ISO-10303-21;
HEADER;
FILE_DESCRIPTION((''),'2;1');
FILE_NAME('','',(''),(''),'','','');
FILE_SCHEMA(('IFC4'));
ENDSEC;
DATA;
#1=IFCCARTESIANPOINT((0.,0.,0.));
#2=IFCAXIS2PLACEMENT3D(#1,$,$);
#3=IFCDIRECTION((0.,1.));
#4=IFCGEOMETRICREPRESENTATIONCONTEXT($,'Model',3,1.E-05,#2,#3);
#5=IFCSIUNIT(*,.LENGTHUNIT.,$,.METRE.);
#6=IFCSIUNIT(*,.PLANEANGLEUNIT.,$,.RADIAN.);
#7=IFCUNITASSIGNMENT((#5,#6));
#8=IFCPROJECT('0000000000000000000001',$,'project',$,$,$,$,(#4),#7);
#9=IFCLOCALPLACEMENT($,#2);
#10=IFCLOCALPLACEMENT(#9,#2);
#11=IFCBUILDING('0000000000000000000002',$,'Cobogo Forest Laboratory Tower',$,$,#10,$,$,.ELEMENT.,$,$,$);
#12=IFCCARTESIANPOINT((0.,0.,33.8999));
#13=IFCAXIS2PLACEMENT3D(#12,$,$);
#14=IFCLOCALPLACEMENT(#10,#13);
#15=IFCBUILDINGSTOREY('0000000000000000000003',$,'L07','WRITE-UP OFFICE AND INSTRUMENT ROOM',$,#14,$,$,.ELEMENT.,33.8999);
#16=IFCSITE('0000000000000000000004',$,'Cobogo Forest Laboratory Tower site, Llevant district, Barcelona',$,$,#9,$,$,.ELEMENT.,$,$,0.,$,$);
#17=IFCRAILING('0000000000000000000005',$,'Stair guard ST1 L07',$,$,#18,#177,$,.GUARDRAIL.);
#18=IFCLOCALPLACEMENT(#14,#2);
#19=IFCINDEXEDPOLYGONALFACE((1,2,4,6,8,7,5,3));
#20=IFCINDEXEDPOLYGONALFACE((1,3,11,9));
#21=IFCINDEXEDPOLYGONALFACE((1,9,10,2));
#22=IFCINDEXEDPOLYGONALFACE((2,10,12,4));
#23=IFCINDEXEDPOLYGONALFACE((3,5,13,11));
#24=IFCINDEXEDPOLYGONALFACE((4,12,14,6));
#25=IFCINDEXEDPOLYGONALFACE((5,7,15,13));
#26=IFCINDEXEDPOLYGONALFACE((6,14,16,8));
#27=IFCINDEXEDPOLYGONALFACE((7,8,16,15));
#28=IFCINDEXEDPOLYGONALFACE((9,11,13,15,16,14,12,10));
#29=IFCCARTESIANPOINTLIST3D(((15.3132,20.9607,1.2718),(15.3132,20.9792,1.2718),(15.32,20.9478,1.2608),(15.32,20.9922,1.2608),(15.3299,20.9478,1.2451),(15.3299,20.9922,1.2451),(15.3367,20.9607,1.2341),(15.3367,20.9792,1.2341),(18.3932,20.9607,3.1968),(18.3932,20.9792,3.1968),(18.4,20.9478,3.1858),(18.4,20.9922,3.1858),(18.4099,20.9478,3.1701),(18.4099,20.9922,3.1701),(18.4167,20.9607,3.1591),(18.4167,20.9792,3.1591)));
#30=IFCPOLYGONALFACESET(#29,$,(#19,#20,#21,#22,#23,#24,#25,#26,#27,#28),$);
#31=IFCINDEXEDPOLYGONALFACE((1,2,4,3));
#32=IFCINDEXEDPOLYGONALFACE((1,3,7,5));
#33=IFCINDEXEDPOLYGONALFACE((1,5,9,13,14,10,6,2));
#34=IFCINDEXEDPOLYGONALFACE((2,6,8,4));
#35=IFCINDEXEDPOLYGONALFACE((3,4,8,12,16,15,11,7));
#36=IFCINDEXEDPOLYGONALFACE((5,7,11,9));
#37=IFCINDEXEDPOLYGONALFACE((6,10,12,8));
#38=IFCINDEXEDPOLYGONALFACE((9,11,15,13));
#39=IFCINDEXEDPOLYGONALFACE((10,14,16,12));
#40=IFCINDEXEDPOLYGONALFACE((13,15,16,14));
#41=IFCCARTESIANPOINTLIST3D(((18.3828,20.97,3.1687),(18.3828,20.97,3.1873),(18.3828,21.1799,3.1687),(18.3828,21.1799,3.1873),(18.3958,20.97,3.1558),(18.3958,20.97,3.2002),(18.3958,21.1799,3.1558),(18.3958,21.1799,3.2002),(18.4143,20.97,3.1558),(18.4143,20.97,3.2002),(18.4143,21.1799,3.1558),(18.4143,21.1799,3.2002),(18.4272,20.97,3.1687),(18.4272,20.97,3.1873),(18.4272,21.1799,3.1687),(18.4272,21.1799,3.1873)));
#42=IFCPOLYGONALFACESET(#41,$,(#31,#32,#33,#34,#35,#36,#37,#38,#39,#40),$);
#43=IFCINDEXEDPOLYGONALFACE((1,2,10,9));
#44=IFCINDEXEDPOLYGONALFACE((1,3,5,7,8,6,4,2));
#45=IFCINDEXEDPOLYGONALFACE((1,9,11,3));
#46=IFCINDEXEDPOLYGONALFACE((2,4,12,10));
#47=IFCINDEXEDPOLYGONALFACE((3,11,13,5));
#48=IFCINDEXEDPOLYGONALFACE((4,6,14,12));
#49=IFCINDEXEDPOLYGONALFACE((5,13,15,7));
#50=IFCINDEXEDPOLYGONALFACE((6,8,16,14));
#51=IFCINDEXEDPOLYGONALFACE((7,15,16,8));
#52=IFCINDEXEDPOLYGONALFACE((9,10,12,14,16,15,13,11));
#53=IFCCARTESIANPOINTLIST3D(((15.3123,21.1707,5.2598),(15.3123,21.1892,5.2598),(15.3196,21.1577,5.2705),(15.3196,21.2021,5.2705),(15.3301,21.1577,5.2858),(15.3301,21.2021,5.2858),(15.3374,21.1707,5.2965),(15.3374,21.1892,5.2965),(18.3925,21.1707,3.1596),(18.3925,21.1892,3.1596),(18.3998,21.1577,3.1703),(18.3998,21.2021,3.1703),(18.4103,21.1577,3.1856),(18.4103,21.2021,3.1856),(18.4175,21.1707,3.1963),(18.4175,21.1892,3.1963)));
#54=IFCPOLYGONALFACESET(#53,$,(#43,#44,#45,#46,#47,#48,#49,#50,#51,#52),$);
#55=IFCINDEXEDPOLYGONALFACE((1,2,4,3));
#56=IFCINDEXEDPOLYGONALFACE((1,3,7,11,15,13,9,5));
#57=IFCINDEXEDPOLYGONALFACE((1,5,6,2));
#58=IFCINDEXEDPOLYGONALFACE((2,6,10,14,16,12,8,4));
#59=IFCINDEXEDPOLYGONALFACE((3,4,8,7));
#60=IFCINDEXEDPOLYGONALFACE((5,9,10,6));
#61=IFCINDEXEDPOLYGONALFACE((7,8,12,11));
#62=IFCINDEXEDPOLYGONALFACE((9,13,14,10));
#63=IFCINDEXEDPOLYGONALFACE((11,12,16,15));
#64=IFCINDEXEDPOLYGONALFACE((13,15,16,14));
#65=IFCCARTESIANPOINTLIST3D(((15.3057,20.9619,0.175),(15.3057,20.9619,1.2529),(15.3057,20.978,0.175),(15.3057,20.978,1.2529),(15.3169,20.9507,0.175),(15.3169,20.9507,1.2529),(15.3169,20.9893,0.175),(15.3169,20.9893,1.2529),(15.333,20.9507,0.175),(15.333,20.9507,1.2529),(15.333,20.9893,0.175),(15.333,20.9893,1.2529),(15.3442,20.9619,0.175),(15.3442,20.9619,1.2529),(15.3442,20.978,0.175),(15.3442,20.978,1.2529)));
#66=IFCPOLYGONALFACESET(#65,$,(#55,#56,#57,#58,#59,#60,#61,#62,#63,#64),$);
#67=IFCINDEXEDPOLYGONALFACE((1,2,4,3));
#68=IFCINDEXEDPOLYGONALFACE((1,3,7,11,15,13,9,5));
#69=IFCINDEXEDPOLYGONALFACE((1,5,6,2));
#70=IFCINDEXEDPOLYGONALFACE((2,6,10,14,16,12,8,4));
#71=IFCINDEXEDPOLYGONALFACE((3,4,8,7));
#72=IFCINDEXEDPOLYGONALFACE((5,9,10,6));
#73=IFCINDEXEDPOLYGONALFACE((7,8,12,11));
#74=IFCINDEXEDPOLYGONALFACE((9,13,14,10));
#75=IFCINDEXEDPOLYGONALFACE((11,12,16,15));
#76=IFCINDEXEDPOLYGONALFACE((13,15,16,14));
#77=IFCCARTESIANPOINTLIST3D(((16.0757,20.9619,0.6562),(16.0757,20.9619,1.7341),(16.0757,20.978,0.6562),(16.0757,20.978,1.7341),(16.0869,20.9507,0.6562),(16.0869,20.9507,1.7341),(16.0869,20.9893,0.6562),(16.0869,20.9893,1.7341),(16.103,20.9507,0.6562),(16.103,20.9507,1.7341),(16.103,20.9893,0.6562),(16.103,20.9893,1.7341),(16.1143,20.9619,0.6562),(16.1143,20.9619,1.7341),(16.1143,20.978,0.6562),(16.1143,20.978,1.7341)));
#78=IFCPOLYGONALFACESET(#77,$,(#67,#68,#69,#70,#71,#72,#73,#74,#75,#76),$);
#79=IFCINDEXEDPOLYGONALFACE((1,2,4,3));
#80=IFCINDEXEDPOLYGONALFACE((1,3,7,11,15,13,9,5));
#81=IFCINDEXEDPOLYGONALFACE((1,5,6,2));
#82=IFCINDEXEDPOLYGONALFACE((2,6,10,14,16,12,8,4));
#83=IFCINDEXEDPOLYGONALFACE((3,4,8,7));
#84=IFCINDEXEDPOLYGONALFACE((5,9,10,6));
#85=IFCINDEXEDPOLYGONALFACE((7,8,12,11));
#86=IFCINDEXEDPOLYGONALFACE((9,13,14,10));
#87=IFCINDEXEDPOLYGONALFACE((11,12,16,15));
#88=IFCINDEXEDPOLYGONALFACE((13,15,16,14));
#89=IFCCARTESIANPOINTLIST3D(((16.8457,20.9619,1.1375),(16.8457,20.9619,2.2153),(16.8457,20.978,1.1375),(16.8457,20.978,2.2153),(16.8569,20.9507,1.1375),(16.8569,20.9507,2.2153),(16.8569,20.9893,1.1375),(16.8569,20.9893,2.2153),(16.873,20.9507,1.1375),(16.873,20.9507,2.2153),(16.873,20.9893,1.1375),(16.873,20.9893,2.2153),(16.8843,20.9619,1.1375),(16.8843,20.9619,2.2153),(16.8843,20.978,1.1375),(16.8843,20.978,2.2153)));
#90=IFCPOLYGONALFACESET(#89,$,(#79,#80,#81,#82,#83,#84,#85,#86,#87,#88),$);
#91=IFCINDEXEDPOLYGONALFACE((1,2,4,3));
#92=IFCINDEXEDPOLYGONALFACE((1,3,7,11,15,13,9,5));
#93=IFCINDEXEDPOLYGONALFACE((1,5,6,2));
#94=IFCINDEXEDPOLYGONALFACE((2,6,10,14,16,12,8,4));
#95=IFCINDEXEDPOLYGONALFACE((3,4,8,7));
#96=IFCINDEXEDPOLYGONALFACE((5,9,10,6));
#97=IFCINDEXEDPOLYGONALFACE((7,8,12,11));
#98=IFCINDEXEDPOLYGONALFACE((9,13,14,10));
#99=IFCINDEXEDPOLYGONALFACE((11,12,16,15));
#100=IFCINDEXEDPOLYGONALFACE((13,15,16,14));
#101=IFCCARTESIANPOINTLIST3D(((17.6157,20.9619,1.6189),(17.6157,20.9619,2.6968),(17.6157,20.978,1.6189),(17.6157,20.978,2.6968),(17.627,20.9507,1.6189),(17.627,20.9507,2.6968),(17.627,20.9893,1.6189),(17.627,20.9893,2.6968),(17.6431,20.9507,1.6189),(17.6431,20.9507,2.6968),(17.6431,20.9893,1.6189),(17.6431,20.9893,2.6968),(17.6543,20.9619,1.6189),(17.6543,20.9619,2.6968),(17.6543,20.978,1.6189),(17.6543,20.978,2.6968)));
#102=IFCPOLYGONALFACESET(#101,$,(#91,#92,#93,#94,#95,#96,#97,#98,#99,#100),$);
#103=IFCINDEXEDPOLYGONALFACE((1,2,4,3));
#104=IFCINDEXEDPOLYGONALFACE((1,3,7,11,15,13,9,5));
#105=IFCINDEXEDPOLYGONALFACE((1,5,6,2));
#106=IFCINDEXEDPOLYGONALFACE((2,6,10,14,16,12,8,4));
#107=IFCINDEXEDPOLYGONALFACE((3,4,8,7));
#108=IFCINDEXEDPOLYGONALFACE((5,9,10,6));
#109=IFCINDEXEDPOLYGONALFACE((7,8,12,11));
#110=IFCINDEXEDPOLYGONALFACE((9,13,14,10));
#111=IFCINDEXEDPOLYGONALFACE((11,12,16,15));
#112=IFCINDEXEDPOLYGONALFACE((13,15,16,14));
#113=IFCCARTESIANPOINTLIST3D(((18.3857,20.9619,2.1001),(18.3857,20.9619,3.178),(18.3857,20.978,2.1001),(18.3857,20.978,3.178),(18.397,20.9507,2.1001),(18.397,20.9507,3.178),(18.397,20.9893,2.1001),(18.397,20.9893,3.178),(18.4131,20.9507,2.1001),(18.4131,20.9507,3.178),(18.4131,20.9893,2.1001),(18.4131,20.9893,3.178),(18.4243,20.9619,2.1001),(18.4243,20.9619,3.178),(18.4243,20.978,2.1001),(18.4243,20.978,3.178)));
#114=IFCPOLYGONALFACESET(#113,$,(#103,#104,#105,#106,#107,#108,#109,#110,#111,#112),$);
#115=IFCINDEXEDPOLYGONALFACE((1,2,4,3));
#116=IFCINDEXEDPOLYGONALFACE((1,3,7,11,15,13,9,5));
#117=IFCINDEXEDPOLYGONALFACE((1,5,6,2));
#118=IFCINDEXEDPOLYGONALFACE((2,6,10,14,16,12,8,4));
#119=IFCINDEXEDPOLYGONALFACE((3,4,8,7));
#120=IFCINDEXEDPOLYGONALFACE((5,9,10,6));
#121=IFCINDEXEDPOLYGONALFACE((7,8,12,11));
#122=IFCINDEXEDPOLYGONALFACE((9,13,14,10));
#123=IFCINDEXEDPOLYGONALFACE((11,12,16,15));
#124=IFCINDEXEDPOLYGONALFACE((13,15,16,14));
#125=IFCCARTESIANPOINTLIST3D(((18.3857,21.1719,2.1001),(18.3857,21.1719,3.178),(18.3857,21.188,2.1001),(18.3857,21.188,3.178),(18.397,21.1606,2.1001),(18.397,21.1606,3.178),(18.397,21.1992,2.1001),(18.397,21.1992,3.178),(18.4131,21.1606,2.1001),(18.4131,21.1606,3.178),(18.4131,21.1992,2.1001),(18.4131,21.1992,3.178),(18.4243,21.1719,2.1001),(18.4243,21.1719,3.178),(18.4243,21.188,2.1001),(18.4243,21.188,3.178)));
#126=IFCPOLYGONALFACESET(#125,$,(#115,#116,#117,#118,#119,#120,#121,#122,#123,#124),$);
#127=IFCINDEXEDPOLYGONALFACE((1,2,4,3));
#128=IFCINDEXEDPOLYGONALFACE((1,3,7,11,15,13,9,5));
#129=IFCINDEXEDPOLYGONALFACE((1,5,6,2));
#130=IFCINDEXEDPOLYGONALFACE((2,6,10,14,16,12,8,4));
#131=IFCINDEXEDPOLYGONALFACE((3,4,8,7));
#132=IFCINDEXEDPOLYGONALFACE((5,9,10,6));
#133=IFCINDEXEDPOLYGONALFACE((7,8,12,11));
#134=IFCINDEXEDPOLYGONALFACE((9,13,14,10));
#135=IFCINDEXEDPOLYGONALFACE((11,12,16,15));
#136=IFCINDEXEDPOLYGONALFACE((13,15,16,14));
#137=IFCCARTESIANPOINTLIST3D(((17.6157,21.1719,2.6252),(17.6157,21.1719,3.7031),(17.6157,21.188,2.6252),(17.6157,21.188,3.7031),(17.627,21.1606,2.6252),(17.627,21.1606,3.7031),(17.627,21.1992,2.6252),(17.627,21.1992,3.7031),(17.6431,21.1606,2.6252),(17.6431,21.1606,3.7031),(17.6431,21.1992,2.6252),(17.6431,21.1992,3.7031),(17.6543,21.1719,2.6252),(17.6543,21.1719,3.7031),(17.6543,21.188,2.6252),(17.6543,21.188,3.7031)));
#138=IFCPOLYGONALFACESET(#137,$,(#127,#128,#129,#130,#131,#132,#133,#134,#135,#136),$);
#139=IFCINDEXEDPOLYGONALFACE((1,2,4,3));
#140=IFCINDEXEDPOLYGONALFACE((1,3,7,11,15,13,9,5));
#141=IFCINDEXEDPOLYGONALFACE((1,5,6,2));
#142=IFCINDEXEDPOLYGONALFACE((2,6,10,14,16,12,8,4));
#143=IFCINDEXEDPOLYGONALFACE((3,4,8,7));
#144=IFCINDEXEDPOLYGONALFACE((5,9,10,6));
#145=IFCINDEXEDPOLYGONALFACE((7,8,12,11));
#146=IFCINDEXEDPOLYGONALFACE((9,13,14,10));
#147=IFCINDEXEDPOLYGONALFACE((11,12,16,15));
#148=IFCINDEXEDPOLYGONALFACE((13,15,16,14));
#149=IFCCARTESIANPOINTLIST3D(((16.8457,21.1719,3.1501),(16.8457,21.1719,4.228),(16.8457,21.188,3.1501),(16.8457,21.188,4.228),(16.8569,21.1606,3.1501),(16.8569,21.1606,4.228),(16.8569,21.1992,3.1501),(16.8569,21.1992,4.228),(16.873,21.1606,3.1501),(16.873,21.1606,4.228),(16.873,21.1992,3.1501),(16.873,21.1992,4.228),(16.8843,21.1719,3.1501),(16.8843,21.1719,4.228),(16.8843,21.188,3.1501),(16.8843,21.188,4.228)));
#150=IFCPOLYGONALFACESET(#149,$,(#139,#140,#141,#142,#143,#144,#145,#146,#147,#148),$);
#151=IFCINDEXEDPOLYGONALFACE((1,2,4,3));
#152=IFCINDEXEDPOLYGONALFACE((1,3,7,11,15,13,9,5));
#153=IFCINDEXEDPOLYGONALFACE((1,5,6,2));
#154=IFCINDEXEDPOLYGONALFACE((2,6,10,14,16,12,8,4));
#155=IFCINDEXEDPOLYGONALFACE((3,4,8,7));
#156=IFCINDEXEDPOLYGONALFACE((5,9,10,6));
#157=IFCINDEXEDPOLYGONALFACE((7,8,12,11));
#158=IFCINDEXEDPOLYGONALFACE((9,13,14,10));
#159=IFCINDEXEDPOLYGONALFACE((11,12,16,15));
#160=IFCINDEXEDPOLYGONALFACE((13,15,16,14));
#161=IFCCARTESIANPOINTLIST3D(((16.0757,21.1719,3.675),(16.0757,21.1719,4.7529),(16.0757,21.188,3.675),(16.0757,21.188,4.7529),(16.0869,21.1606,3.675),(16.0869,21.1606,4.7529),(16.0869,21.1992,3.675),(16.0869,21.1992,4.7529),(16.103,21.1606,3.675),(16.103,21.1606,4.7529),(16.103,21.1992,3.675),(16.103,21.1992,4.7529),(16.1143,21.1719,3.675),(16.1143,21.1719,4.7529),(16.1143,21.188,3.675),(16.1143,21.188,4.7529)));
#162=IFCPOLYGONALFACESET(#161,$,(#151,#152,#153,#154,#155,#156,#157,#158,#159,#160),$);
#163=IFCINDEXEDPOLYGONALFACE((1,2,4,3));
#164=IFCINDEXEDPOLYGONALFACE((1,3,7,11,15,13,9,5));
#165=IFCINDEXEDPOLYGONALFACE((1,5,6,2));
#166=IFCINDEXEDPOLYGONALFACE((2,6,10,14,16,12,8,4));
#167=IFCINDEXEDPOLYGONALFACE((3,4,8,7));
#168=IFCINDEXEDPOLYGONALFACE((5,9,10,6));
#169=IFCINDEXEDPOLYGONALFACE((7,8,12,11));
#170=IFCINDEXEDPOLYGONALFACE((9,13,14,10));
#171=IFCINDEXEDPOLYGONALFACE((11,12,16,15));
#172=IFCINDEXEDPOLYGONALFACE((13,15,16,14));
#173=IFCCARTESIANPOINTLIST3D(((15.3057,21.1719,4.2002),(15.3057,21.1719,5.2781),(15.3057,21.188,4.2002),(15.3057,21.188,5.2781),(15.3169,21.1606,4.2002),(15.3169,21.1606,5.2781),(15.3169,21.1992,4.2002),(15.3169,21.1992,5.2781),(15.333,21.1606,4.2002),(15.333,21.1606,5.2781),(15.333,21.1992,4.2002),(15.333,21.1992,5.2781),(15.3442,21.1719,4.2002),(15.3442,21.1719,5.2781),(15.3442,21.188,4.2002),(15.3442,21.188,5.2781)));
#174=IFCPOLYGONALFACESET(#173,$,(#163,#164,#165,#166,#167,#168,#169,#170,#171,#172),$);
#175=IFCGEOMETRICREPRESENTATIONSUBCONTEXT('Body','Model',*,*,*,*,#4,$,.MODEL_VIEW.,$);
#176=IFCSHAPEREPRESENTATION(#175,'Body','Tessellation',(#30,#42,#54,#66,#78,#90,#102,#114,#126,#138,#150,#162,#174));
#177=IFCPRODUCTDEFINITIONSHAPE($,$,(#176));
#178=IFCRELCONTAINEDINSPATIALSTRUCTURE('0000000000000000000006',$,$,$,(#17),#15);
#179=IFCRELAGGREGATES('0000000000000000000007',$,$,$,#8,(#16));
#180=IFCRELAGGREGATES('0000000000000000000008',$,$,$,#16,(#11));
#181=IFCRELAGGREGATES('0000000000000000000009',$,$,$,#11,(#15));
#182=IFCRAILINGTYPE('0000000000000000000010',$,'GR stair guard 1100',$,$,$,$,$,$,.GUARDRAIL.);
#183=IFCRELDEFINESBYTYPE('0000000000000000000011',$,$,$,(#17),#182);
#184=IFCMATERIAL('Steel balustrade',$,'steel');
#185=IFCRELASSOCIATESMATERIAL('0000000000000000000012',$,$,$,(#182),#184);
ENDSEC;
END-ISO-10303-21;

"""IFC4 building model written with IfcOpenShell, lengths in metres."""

from ifc_helpers import new_model, si_unit, direction, frame, origin, place, context, subcontext, project, spatial, polyline, outline, extrude, material, type_object, element, save


model = new_model("IFC4")

# Units and contexts
model_context = context("Model", 3, precision=1e-05, world=origin(), true_north=direction((0.0, 1.0)))
body_context = subcontext(model_context, "Body", "Model", "MODEL_VIEW")
ifc_project = project(units=[si_unit("LENGTHUNIT", "METRE"), si_unit("PLANEANGLEUNIT", "RADIAN")], contexts=[model_context])

# Site, building, storey
site_placement = place(None, origin())
site = spatial("IfcSite", under=ifc_project, at=site_placement, Name="Cobogo Forest Laboratory Tower site, Llevant district, Barcelona", CompositionType="ELEMENT", RefElevation=0.0)
building_placement = place(site_placement, origin())
building = spatial("IfcBuilding", under=site, at=building_placement, Name="Cobogo Forest Laboratory Tower", CompositionType="ELEMENT")
storey_placement = place(building_placement, frame((0.0, 0.0, 33.8999)))
storey = spatial("IfcBuildingStorey", under=building, at=storey_placement, Name="L07", Description="WRITE-UP OFFICE AND INSTRUMENT ROOM", CompositionType="ELEMENT", Elevation=33.8999)

# Railing
ifc_material_1 = material(Name="Steel balustrade", Category="steel")
railing_type = type_object("IfcRailingType", Name="GR stair guard 1100", PredefinedType="GUARDRAIL", material=ifc_material_1)
railing_placement = place(storey_placement, frame((15.325, 20.97, 0.175)))
element("IfcRailing", 1, at=railing_placement, inside=storey, type_object=railing_type, Name="Stair guard ST1 L07", PredefinedType="GUARDRAIL", context=body_context, shape_type="SweptSolid", body=[
    extrude(outline(polyline([(0.0222, 0.0093), (0.0093, 0.0222), (-0.0093, 0.0222), (-0.0222, 0.0093), (-0.0222, -0.0093), (-0.0093, -0.0222), (0.0093, -0.0222), (0.0222, -0.0093), (0.0222, 0.0093)])), frame((0.0, 0.0, 1.0779), z_axis=(0.847998, 0.0, 0.529999), x_axis=(0.0, 1.0, 0.0)), (0.0, 0.0, 1.0), 3.6321),
    extrude(outline(polyline([(0.0222, 0.0093), (0.0093, 0.0222), (-0.0093, 0.0222), (-0.0222, 0.0093), (-0.0222, -0.0093), (-0.0093, -0.0222), (0.0093, -0.0222), (0.0222, -0.0093), (0.0222, 0.0093)])), frame((3.0801, 0.0, 3.0029), z_axis=(0.0, 1.0, 0.0), x_axis=(-1.0, 0.0, 0.0)), (0.0, 0.0, 1.0), 0.21),
    extrude(outline(polyline([(0.0222, 0.0093), (0.0093, 0.0222), (-0.0093, 0.0222), (-0.0222, 0.0093), (-0.0222, -0.0093), (-0.0093, -0.0222), (0.0093, -0.0222), (0.0222, -0.0093), (0.0222, 0.0093)])), frame((3.0801, 0.21, 3.0029), z_axis=(-0.826222, 0.0, 0.563345), x_axis=(0.0, -1.0, 0.0)), (0.0, 0.0, 1.0), 3.728),
    extrude(outline(polyline([(0.0193, 0.0081), (0.0081, 0.0193), (-0.0081, 0.0193), (-0.0193, 0.0081), (-0.0193, -0.0081), (-0.0081, -0.0193), (0.0081, -0.0193), (0.0193, -0.0081), (0.0193, 0.0081)])), origin(), (0.0, 0.0, 1.0), 1.0779),
    extrude(outline(polyline([(0.0193, 0.0081), (0.0081, 0.0193), (-0.0081, 0.0193), (-0.0193, 0.0081), (-0.0193, -0.0081), (-0.0081, -0.0193), (0.0081, -0.0193), (0.0193, -0.0081), (0.0193, 0.0081)])), frame((0.77, 0.0, 0.4812)), (0.0, 0.0, 1.0), 1.0779),
    extrude(outline(polyline([(0.0193, 0.0081), (0.0081, 0.0193), (-0.0081, 0.0193), (-0.0193, 0.0081), (-0.0193, -0.0081), (-0.0081, -0.0193), (0.0081, -0.0193), (0.0193, -0.0081), (0.0193, 0.0081)])), frame((1.54, 0.0, 0.9624)), (0.0, 0.0, 1.0), 1.0779),
    extrude(outline(polyline([(0.0193, 0.0081), (0.0081, 0.0193), (-0.0081, 0.0193), (-0.0193, 0.0081), (-0.0193, -0.0081), (-0.0081, -0.0193), (0.0081, -0.0193), (0.0193, -0.0081), (0.0193, 0.0081)])), frame((2.3101, 0.0, 1.4438)), (0.0, 0.0, 1.0), 1.0779),
    extrude(outline(polyline([(0.0193, 0.0081), (0.0081, 0.0193), (-0.0081, 0.0193), (-0.0193, 0.0081), (-0.0193, -0.0081), (-0.0081, -0.0193), (0.0081, -0.0193), (0.0193, -0.0081), (0.0193, 0.0081)])), frame((3.0801, 0.0, 1.925)), (0.0, 0.0, 1.0), 1.0779),
    extrude(outline(polyline([(0.0193, 0.0081), (0.0081, 0.0193), (-0.0081, 0.0193), (-0.0193, 0.0081), (-0.0193, -0.0081), (-0.0081, -0.0193), (0.0081, -0.0193), (0.0193, -0.0081), (0.0193, 0.0081)])), frame((3.0801, 0.21, 1.925)), (0.0, 0.0, 1.0), 1.0779),
    extrude(outline(polyline([(0.0193, 0.0081), (0.0081, 0.0193), (-0.0081, 0.0193), (-0.0193, 0.0081), (-0.0193, -0.0081), (-0.0081, -0.0193), (0.0081, -0.0193), (0.0193, -0.0081), (0.0193, 0.0081)])), frame((2.3101, 0.21, 2.4502)), (0.0, 0.0, 1.0), 1.0779),
    extrude(outline(polyline([(0.0193, 0.0081), (0.0081, 0.0193), (-0.0081, 0.0193), (-0.0193, 0.0081), (-0.0193, -0.0081), (-0.0081, -0.0193), (0.0081, -0.0193), (0.0193, -0.0081), (0.0193, 0.0081)])), frame((1.54, 0.21, 2.9751)), (0.0, 0.0, 1.0), 1.0779),
    extrude(outline(polyline([(0.0193, 0.0081), (0.0081, 0.0193), (-0.0081, 0.0193), (-0.0193, 0.0081), (-0.0193, -0.0081), (-0.0081, -0.0193), (0.0081, -0.0193), (0.0193, -0.0081), (0.0193, 0.0081)])), frame((0.77, 0.21, 3.5)), (0.0, 0.0, 1.0), 1.0779),
    extrude(outline(polyline([(0.0193, 0.0081), (0.0081, 0.0193), (-0.0081, 0.0193), (-0.0193, 0.0081), (-0.0193, -0.0081), (-0.0081, -0.0193), (0.0081, -0.0193), (0.0193, -0.0081), (0.0193, 0.0081)])), frame((0.0, 0.21, 4.0251)), (0.0, 0.0, 1.0), 1.0779),
])

save(model, "model.ifc")
